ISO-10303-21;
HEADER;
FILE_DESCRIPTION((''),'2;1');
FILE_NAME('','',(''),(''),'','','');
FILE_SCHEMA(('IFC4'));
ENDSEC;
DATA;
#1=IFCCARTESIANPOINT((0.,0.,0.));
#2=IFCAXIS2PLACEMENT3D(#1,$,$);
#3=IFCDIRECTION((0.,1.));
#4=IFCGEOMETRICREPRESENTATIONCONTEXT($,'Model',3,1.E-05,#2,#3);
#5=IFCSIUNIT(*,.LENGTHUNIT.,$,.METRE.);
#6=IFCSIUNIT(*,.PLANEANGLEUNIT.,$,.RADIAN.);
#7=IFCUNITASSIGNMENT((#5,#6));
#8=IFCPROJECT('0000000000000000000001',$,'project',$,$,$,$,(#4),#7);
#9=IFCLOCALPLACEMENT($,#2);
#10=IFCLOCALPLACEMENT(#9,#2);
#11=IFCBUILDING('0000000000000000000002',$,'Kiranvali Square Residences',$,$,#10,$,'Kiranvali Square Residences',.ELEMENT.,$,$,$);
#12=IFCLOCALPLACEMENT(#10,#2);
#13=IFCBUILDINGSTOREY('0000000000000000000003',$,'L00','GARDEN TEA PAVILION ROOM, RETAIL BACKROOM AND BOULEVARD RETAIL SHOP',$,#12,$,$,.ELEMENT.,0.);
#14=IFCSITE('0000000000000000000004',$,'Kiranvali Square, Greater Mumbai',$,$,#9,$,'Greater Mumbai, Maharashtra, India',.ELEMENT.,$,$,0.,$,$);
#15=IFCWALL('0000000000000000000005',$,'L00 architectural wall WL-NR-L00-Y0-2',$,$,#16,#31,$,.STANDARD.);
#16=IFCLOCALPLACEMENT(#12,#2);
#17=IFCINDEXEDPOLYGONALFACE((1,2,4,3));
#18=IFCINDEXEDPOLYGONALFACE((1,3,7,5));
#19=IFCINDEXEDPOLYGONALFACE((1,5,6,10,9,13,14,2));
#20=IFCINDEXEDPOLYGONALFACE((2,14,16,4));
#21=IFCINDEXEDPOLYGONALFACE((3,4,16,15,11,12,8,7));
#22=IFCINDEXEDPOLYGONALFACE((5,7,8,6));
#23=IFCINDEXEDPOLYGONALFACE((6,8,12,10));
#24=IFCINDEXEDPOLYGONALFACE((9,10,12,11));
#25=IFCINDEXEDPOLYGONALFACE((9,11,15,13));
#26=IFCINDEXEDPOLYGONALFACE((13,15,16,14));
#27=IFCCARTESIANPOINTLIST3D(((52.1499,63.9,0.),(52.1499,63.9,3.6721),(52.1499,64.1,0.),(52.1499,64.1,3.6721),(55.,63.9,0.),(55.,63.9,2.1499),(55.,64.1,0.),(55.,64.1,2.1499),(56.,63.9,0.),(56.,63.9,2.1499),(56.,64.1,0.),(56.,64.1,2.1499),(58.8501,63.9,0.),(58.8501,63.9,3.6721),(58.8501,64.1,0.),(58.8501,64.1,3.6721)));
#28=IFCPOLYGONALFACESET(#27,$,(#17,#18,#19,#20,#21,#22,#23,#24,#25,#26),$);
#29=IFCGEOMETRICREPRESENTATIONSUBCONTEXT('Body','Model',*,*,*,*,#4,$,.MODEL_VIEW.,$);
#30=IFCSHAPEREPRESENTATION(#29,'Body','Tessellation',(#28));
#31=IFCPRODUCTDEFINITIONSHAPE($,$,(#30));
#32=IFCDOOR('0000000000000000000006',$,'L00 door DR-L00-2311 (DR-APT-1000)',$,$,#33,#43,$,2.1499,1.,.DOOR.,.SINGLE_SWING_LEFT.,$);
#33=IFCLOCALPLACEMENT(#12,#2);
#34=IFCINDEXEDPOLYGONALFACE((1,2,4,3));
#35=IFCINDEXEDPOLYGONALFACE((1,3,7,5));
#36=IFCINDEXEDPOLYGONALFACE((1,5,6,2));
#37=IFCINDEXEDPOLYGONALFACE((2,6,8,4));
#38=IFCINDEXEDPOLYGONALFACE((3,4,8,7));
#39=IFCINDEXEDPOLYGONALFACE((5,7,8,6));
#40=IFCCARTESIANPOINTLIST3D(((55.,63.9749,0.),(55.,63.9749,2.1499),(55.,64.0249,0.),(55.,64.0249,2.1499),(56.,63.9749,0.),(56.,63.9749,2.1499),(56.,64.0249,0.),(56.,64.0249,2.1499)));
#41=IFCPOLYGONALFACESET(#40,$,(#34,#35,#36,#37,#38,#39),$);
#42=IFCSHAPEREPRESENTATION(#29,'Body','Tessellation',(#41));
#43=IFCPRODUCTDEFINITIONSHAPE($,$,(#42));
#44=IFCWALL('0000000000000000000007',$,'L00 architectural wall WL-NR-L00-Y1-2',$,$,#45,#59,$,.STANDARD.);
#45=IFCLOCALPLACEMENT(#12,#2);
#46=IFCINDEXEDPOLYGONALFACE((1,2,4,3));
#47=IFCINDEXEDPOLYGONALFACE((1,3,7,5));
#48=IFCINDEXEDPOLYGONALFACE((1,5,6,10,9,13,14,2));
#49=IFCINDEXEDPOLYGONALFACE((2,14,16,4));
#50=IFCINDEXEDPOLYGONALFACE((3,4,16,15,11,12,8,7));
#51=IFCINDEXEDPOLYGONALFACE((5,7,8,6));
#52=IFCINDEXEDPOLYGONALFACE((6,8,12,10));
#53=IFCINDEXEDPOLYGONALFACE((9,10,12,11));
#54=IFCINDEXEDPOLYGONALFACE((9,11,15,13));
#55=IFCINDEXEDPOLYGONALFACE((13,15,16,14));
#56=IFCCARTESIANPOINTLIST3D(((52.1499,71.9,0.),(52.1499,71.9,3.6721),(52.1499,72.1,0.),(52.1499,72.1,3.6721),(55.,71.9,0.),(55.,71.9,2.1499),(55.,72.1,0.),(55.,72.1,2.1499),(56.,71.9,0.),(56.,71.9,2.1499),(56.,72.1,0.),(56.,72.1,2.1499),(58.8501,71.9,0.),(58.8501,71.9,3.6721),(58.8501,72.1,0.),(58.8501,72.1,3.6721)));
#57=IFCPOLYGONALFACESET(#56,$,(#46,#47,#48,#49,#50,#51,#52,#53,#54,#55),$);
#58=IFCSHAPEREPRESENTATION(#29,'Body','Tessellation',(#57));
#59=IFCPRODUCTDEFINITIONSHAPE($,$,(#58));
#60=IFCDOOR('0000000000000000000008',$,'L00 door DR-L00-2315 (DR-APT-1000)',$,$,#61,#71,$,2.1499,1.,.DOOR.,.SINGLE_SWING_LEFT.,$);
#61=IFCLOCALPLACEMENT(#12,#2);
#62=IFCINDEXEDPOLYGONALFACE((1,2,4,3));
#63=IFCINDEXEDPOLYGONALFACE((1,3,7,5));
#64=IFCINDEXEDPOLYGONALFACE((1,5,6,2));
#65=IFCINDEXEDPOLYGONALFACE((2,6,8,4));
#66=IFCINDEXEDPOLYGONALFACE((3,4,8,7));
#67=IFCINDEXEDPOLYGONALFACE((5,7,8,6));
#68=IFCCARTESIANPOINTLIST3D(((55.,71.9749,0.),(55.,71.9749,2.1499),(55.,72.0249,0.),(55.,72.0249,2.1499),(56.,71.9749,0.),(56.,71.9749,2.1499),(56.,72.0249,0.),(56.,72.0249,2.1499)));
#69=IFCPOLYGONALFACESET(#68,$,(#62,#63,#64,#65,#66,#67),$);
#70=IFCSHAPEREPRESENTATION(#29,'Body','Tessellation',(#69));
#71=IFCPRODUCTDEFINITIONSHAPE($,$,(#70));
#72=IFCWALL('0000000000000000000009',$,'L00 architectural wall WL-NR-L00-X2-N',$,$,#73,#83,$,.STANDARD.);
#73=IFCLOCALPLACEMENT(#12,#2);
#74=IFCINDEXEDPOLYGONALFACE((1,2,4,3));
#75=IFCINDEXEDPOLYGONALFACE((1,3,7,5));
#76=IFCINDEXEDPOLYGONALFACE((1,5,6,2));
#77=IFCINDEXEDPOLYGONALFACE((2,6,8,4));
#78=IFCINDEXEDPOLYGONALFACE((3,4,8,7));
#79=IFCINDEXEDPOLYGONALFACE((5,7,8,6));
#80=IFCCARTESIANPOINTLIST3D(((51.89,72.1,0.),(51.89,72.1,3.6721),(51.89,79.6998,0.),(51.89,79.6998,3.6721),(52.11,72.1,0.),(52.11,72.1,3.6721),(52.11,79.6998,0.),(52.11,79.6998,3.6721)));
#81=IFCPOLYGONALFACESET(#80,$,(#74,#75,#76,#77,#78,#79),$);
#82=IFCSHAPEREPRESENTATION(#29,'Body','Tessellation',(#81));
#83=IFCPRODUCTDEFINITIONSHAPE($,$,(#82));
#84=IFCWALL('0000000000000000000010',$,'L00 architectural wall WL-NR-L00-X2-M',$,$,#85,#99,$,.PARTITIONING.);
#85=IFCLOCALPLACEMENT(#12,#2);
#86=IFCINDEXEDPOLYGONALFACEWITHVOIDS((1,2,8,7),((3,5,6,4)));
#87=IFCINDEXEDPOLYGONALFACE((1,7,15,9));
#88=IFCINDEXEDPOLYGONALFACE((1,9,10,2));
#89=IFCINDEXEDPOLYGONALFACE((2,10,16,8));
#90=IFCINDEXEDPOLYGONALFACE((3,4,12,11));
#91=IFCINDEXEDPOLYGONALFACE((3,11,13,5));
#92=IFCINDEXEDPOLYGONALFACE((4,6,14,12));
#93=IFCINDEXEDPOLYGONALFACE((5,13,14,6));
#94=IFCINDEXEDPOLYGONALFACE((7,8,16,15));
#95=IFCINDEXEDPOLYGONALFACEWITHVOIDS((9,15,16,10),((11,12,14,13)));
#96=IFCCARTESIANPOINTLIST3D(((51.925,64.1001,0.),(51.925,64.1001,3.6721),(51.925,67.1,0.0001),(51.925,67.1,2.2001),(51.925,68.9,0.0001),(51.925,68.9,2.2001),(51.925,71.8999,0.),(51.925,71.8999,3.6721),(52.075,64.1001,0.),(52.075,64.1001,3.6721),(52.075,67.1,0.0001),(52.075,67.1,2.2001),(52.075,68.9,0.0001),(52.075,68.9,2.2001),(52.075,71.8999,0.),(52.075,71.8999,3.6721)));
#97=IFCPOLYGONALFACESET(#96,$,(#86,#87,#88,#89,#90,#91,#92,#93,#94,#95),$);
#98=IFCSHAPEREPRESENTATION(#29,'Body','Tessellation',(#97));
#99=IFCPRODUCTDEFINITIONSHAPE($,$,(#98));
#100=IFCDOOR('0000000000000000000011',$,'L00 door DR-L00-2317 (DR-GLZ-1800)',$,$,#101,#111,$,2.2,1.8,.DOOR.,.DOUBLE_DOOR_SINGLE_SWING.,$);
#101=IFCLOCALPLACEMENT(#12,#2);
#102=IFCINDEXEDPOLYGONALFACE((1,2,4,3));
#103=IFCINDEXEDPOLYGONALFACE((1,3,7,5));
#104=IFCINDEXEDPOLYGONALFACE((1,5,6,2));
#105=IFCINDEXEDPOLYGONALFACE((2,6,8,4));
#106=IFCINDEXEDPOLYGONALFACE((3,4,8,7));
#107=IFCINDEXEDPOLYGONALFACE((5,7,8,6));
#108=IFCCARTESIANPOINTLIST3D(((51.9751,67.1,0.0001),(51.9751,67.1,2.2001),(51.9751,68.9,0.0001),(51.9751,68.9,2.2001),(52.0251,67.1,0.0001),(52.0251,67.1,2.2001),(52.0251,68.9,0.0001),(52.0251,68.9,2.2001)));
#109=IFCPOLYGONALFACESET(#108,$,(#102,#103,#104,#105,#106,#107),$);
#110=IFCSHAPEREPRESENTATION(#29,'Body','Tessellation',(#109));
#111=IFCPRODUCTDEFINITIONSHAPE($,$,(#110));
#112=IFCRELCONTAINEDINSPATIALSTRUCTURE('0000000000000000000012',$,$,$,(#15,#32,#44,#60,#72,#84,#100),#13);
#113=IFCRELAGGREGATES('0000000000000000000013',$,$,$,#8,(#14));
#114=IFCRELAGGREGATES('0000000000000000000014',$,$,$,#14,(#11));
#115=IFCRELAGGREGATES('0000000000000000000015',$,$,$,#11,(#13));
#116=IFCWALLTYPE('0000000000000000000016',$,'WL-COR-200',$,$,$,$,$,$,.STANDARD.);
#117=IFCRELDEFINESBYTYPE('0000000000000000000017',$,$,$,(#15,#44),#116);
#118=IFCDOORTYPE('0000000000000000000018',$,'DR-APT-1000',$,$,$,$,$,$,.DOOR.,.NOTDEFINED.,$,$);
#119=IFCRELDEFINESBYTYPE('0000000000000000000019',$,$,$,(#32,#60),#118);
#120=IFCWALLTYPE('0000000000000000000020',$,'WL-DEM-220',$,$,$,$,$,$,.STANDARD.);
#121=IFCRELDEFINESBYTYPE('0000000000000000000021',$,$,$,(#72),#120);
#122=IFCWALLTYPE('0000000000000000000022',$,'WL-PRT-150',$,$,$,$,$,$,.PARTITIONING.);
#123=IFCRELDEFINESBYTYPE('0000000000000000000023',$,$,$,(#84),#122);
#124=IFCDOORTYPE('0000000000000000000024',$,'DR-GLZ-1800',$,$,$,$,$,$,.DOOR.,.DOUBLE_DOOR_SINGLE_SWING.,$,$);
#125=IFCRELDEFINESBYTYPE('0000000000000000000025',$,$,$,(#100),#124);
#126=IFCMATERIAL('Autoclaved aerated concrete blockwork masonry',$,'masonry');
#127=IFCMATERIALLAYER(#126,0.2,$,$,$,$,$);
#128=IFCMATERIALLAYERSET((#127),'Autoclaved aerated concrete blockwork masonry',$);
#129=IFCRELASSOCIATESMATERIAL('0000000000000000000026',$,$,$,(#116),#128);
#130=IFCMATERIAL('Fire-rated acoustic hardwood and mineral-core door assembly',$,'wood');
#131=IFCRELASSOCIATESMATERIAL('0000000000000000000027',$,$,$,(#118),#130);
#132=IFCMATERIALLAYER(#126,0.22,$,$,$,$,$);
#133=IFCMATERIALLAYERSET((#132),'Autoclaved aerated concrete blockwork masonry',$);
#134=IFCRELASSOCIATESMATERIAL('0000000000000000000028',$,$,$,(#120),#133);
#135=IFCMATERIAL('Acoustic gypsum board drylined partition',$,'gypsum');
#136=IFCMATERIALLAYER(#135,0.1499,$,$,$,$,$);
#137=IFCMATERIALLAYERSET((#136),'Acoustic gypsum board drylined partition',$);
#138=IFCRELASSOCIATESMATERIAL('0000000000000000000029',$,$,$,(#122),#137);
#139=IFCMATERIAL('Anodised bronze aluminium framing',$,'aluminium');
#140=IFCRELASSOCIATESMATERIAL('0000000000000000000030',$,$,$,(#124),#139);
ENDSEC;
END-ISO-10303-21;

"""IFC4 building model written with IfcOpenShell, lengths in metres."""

from ifc_helpers import new_model, si_unit, direction, frame, frame_2d, origin, place, context, subcontext, project, spatial, rectangle, extrude, material, layer, layer_set, type_object, element, fill, save


model = new_model("IFC4")

# Units and contexts
model_context = context("Model", 3, precision=1e-05, world=origin(), true_north=direction((0.0, 1.0)))
body_context = subcontext(model_context, "Body", "Model", "MODEL_VIEW")
ifc_project = project(units=[si_unit("LENGTHUNIT", "METRE"), si_unit("PLANEANGLEUNIT", "RADIAN")], contexts=[model_context])

# Site, building, storey
site_placement = place(None, origin())
site = spatial("IfcSite", under=ifc_project, at=site_placement, Name="Kiranvali Square, Greater Mumbai", LongName="Greater Mumbai, Maharashtra, India", CompositionType="ELEMENT", RefElevation=0.0)
building_placement = place(site_placement, origin())
building = spatial("IfcBuilding", under=site, at=building_placement, Name="Kiranvali Square Residences", LongName="Kiranvali Square Residences", CompositionType="ELEMENT")
storey_placement = place(building_placement, origin())
storey = spatial("IfcBuildingStorey", under=building, at=storey_placement, Name="L00", Description="GARDEN TEA PAVILION ROOM, RETAIL BACKROOM AND BOULEVARD RETAIL SHOP", CompositionType="ELEMENT", Elevation=0.0)

# Shared definitions
ifc_material_1 = material(Name="Anodised bronze aluminium framing", Category="aluminium")

# Walls, openings, doors
ifc_material_2 = material(Name="Autoclaved aerated concrete blockwork masonry", Category="masonry")
ifc_layer_1 = layer(ifc_material_2, 0.2)
ifc_layer_set_1 = layer_set([ifc_layer_1], Name="Autoclaved aerated concrete blockwork masonry")
wall_type_1 = type_object("IfcWallType", Name="WL-COR-200", PredefinedType="STANDARD", material=ifc_layer_set_1)
wall_1_placement = place(storey_placement, frame((52.1499, 64.0, 0.0), z_axis=(0.0, 0.0, 1.0), x_axis=(1.0, 0.0, 0.0)))
wall_1 = element("IfcWall", 1, at=wall_1_placement, inside=storey, type_object=wall_type_1, Name="L00 architectural wall WL-NR-L00-Y0-2", PredefinedType="STANDARD", context=body_context, shape_type="SweptSolid", body=[
    extrude(rectangle(XDim=6.7002, YDim=0.2, at=frame_2d((3.3501, 0.0))), origin(), (0.0, 0.0, 1.0), 3.6721),
])
opening_1_placement = place(wall_1_placement, frame((2.8501, 0.0, 0.0)))
opening_1 = element("IfcOpeningElement", 2, at=opening_1_placement, cuts=wall_1, PredefinedType="OPENING", context=body_context, shape_type="SweptSolid", body=[
    extrude(rectangle(XDim=1.0, YDim=2.1499, at=frame_2d((0.5, 1.075))), frame((0.0, 0.1099, 0.0), z_axis=(0.0, -1.0, 0.0), x_axis=(1.0, 0.0, 0.0)), (0.0, 0.0, 1.0), 0.22),
])
ifc_material_3 = material(Name="Fire-rated acoustic hardwood and mineral-core door assembly", Category="wood")
door_type_1 = type_object("IfcDoorType", Name="DR-APT-1000", OperationType="NOTDEFINED", PredefinedType="DOOR", material=ifc_material_3)
door_1_placement = place(opening_1_placement, origin())
door_1 = element("IfcDoor", 3, at=door_1_placement, inside=storey, type_object=door_type_1, Name="L00 door DR-L00-2311 (DR-APT-1000)", OperationType="SINGLE_SWING_LEFT", OverallHeight=2.1499, OverallWidth=1.0, PredefinedType="DOOR", context=body_context, shape_type="SweptSolid", body=[
    extrude(rectangle(XDim=1.0, YDim=2.1499, at=frame_2d((0.5, 1.075))), frame((0.0, 0.0249, 0.0), z_axis=(0.0, -1.0, 0.0), x_axis=(1.0, 0.0, 0.0)), (0.0, 0.0, 1.0), 0.05),
])
fill(opening_1, door_1)
wall_2_placement = place(storey_placement, frame((52.1499, 72.0, 0.0), z_axis=(0.0, 0.0, 1.0), x_axis=(1.0, 0.0, 0.0)))
wall_2 = element("IfcWall", 4, at=wall_2_placement, inside=storey, type_object=wall_type_1, Name="L00 architectural wall WL-NR-L00-Y1-2", PredefinedType="STANDARD", context=body_context, shape_type="SweptSolid", body=[
    extrude(rectangle(XDim=6.7002, YDim=0.2, at=frame_2d((3.3501, 0.0))), origin(), (0.0, 0.0, 1.0), 3.6721),
])
opening_2_placement = place(wall_2_placement, frame((2.8501, 0.0, 0.0)))
opening_2 = element("IfcOpeningElement", 5, at=opening_2_placement, cuts=wall_2, PredefinedType="OPENING", context=body_context, shape_type="SweptSolid", body=[
    extrude(rectangle(XDim=1.0, YDim=2.1499, at=frame_2d((0.5, 1.075))), frame((0.0, 0.1099, 0.0), z_axis=(0.0, -1.0, 0.0), x_axis=(1.0, 0.0, 0.0)), (0.0, 0.0, 1.0), 0.22),
])
door_2_placement = place(opening_2_placement, origin())
door_2 = element("IfcDoor", 6, at=door_2_placement, inside=storey, type_object=door_type_1, Name="L00 door DR-L00-2315 (DR-APT-1000)", OperationType="SINGLE_SWING_LEFT", OverallHeight=2.1499, OverallWidth=1.0, PredefinedType="DOOR", context=body_context, shape_type="SweptSolid", body=[
    extrude(rectangle(XDim=1.0, YDim=2.1499, at=frame_2d((0.5, 1.075))), frame((0.0, 0.0249, 0.0), z_axis=(0.0, -1.0, 0.0), x_axis=(1.0, 0.0, 0.0)), (0.0, 0.0, 1.0), 0.05),
])
fill(opening_2, door_2)

# Wall
ifc_layer_2 = layer(ifc_material_2, 0.22)
ifc_layer_set_2 = layer_set([ifc_layer_2], Name="Autoclaved aerated concrete blockwork masonry")
wall_type_2 = type_object("IfcWallType", Name="WL-DEM-220", PredefinedType="STANDARD", material=ifc_layer_set_2)
wall_3_placement = place(storey_placement, frame((52.0, 72.1001, 0.0), z_axis=(0.0, 0.0, 1.0), x_axis=(0.0, 1.0, 0.0)))
element("IfcWall", 7, at=wall_3_placement, inside=storey, type_object=wall_type_2, Name="L00 architectural wall WL-NR-L00-X2-N", PredefinedType="STANDARD", context=body_context, shape_type="SweptSolid", body=[
    extrude(rectangle(XDim=7.5999, YDim=0.22, at=frame_2d((3.7998, 0.0))), origin(), (0.0, 0.0, 1.0), 3.6721),
])

# Wall, opening, door
ifc_material_4 = material(Name="Acoustic gypsum board drylined partition", Category="gypsum")
ifc_layer_3 = layer(ifc_material_4, 0.1499)
ifc_layer_set_3 = layer_set([ifc_layer_3], Name="Acoustic gypsum board drylined partition")
wall_type_3 = type_object("IfcWallType", Name="WL-PRT-150", PredefinedType="PARTITIONING", material=ifc_layer_set_3)
wall_4_placement = place(storey_placement, frame((52.0, 64.1001, 0.0), z_axis=(0.0, 0.0, 1.0), x_axis=(0.0, 1.0, 0.0)))
wall_4 = element("IfcWall", 8, at=wall_4_placement, inside=storey, type_object=wall_type_3, Name="L00 architectural wall WL-NR-L00-X2-M", PredefinedType="PARTITIONING", context=body_context, shape_type="SweptSolid", body=[
    extrude(rectangle(XDim=7.7998, YDim=0.1499, at=frame_2d((3.8999, 0.0))), origin(), (0.0, 0.0, 1.0), 3.6721),
])
opening_3_placement = place(wall_4_placement, frame((3.0, 0.0, 0.0)))
opening_3 = element("IfcOpeningElement", 9, at=opening_3_placement, cuts=wall_4, PredefinedType="OPENING", context=body_context, shape_type="SweptSolid", body=[
    extrude(rectangle(XDim=1.8, YDim=2.2, at=frame_2d((0.8999, 1.1001))), frame((0.0, 0.085, 0.0), z_axis=(0.0, -1.0, 0.0), x_axis=(1.0, 0.0, 0.0)), (0.0, 0.0, 1.0), 0.1699),
])
door_type_2 = type_object("IfcDoorType", Name="DR-GLZ-1800", OperationType="DOUBLE_DOOR_SINGLE_SWING", PredefinedType="DOOR", material=ifc_material_1)
door_3_placement = place(opening_3_placement, origin())
door_3 = element("IfcDoor", 10, at=door_3_placement, inside=storey, type_object=door_type_2, Name="L00 door DR-L00-2317 (DR-GLZ-1800)", OperationType="DOUBLE_DOOR_SINGLE_SWING", OverallHeight=2.2, OverallWidth=1.8, PredefinedType="DOOR", context=body_context, shape_type="SweptSolid", body=[
    extrude(rectangle(XDim=1.8, YDim=2.2, at=frame_2d((0.8999, 1.1001))), frame((0.0, 0.0249, 0.0), z_axis=(0.0, -1.0, 0.0), x_axis=(1.0, 0.0, 0.0)), (0.0, 0.0, 1.0), 0.05),
])
fill(opening_3, door_3)

save(model, "model.ifc")
